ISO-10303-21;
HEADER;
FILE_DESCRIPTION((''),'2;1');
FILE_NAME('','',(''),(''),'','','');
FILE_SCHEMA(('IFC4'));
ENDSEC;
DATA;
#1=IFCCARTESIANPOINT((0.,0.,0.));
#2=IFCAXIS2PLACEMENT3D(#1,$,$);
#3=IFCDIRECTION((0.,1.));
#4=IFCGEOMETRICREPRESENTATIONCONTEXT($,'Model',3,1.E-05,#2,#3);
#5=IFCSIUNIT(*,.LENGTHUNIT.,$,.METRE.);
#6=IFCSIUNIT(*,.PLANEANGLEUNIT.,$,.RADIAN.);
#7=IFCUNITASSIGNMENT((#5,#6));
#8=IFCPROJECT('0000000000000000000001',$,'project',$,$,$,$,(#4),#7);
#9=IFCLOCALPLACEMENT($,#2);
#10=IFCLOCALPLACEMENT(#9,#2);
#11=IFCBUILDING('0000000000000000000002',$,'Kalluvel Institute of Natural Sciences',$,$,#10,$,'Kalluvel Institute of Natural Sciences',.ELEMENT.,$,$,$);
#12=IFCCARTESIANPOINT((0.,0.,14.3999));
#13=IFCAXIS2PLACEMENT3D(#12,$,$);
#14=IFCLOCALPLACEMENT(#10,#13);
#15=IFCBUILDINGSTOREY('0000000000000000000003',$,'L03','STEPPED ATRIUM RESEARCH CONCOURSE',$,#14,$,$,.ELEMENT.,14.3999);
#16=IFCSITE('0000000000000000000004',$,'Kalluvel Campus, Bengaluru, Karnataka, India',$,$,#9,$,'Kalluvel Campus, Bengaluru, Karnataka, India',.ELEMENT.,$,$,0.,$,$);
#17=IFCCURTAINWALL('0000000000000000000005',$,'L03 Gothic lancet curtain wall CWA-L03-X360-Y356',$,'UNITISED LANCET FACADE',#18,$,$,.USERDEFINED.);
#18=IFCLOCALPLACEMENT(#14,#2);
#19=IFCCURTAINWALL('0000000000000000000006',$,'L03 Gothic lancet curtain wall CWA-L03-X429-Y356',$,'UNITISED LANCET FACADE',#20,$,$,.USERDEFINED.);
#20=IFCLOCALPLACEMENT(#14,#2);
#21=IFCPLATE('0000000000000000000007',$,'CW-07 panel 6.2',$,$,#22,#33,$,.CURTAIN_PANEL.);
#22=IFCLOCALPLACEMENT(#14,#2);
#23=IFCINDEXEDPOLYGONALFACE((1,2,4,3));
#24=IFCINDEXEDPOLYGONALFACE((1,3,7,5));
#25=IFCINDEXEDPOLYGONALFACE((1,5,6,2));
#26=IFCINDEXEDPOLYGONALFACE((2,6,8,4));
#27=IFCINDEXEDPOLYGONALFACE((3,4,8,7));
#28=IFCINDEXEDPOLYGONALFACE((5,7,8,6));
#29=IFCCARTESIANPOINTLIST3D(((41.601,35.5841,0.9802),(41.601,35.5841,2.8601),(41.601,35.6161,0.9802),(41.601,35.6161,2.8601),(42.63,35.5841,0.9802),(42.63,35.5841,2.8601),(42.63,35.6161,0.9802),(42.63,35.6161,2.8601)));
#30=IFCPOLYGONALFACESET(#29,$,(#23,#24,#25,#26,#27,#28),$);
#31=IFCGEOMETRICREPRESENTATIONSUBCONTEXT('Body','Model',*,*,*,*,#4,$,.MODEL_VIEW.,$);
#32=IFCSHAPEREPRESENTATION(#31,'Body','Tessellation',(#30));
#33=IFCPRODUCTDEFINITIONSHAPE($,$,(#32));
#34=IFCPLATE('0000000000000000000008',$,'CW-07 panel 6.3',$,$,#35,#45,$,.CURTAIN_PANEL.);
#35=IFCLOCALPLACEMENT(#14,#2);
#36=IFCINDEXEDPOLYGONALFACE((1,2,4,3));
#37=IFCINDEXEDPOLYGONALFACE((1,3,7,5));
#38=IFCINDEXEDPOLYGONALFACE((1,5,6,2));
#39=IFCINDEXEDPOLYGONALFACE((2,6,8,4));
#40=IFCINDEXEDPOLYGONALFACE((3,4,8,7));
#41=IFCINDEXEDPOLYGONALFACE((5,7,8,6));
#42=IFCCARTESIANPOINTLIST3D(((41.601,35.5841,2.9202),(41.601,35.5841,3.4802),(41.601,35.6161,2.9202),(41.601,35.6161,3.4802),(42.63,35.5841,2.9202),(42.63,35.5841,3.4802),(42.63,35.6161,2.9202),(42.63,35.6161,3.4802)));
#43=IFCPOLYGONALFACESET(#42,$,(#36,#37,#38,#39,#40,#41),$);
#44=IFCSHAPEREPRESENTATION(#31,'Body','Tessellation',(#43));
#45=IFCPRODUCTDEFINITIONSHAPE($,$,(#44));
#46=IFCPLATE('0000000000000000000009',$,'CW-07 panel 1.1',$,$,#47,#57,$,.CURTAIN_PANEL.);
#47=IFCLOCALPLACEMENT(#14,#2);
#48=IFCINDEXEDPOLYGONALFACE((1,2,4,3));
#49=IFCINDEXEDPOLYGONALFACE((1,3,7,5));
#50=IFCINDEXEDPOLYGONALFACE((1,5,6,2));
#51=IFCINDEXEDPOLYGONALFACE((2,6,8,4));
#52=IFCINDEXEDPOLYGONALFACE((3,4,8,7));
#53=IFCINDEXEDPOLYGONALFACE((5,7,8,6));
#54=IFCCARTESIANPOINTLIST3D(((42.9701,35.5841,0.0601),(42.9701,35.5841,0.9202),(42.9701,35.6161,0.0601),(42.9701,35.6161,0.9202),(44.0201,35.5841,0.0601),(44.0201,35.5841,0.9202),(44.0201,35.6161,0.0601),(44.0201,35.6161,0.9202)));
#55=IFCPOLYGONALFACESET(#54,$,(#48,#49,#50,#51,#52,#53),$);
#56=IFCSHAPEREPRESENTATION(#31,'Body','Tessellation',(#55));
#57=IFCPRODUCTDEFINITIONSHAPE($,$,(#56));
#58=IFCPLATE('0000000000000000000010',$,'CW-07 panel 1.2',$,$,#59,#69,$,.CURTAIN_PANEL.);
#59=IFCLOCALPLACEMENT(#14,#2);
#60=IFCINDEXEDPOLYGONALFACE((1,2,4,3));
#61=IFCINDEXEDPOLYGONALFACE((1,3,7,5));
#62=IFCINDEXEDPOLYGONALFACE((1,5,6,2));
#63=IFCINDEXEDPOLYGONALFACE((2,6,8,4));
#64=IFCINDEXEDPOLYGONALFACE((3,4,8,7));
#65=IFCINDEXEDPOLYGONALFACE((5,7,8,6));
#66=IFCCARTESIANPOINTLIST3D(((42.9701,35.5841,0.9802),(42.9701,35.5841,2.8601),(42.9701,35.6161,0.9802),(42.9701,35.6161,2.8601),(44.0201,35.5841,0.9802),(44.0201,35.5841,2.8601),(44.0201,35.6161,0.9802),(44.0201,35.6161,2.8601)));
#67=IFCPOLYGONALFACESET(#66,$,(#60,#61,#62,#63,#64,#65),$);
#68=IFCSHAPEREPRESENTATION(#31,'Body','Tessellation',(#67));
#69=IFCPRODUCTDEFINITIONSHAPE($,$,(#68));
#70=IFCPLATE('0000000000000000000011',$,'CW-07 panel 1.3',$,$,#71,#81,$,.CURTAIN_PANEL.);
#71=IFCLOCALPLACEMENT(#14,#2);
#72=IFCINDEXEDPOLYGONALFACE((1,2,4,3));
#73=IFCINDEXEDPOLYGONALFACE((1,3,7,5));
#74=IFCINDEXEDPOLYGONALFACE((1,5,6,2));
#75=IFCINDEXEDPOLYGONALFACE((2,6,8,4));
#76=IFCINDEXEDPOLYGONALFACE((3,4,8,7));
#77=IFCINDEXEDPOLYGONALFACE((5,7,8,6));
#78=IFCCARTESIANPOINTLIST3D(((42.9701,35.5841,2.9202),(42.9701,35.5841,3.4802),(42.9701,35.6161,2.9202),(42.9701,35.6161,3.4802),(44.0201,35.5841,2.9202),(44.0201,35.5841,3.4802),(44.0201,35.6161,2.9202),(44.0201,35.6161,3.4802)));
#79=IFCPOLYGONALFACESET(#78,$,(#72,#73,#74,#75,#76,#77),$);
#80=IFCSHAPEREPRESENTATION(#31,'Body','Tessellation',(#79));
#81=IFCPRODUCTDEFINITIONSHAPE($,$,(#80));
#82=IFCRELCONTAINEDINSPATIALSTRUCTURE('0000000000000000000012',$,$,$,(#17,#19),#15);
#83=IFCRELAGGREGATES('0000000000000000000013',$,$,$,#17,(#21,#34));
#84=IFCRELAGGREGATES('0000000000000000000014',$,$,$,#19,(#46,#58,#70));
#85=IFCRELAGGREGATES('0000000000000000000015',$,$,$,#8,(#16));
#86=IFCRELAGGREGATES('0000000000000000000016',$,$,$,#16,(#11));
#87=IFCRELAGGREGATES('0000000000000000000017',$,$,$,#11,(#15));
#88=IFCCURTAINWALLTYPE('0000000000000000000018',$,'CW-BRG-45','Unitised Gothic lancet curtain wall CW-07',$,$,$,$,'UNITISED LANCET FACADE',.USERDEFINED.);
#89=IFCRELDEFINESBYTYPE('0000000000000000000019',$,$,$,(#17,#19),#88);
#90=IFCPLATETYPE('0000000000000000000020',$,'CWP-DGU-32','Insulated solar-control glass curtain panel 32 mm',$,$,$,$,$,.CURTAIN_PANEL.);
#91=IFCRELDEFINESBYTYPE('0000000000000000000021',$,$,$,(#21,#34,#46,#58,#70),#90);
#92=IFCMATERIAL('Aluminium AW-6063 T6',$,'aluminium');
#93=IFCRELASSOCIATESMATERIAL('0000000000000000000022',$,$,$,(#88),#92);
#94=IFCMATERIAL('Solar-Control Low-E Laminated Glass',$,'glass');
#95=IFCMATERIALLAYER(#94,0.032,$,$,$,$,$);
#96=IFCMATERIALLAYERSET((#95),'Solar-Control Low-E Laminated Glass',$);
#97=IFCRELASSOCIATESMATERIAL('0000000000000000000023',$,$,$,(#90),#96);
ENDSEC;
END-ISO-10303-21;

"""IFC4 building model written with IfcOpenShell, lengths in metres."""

from ifc_helpers import new_model, si_unit, direction, frame, origin, origin_2d, place, context, subcontext, project, spatial, rectangle, extrude, material, layer, layer_set, type_object, element, aggregate, save


model = new_model("IFC4")

# Units and contexts
model_context = context("Model", 3, precision=1e-05, world=origin(), true_north=direction((0.0, 1.0)))
body_context = subcontext(model_context, "Body", "Model", "MODEL_VIEW")
ifc_project = project(units=[si_unit("LENGTHUNIT", "METRE"), si_unit("PLANEANGLEUNIT", "RADIAN")], contexts=[model_context])

# Site, building, storey
site_placement = place(None, origin())
site = spatial("IfcSite", under=ifc_project, at=site_placement, Name="Kalluvel Campus, Bengaluru, Karnataka, India", LongName="Kalluvel Campus, Bengaluru, Karnataka, India", CompositionType="ELEMENT", RefElevation=0.0)
building_placement = place(site_placement, origin())
building = spatial("IfcBuilding", under=site, at=building_placement, Name="Kalluvel Institute of Natural Sciences", LongName="Kalluvel Institute of Natural Sciences", CompositionType="ELEMENT")
storey_placement = place(building_placement, frame((0.0, 0.0, 14.3999)))
storey = spatial("IfcBuildingStorey", under=building, at=storey_placement, Name="L03", Description="STEPPED ATRIUM RESEARCH CONCOURSE", CompositionType="ELEMENT", Elevation=14.3999)

# Curtain walls
ifc_material_1 = material(Name="Aluminium AW-6063 T6", Category="aluminium")
curtain_wall_type = type_object("IfcCurtainWallType", Name="CW-BRG-45", Description="Unitised Gothic lancet curtain wall CW-07", ElementType="UNITISED LANCET FACADE", PredefinedType="USERDEFINED", material=ifc_material_1)
curtain_wall_1_placement = place(storey_placement, origin())
curtain_wall_1 = element("IfcCurtainWall", 1, at=curtain_wall_1_placement, inside=storey, type_object=curtain_wall_type, Name="L03 Gothic lancet curtain wall CWA-L03-X360-Y356", ObjectType="UNITISED LANCET FACADE", PredefinedType="USERDEFINED")
curtain_wall_2_placement = place(storey_placement, origin())
curtain_wall_2 = element("IfcCurtainWall", 2, at=curtain_wall_2_placement, inside=storey, type_object=curtain_wall_type, Name="L03 Gothic lancet curtain wall CWA-L03-X429-Y356", ObjectType="UNITISED LANCET FACADE", PredefinedType="USERDEFINED")

# Plates
ifc_material_2 = material(Name="Solar-Control Low-E Laminated Glass", Category="glass")
ifc_layer = layer(ifc_material_2, 0.032)
ifc_layer_set = layer_set([ifc_layer], Name="Solar-Control Low-E Laminated Glass")
plate_type = type_object("IfcPlateType", Name="CWP-DGU-32", Description="Insulated solar-control glass curtain panel 32 mm", PredefinedType="CURTAIN_PANEL", material=ifc_layer_set)
plate_1_placement = place(storey_placement, frame((42.1155, 35.6001, 0.9802), z_axis=(0.0, 0.0, 1.0), x_axis=(1.0, 0.0, 0.0)))
plate_1 = element("IfcPlate", 3, at=plate_1_placement, type_object=plate_type, Name="CW-07 panel 6.2", PredefinedType="CURTAIN_PANEL", context=body_context, shape_type="SweptSolid", body=[
    extrude(rectangle(XDim=1.0291, YDim=0.032, at=origin_2d()), origin(), (0.0, 0.0, 1.0), 1.8799),
])
plate_2_placement = place(storey_placement, frame((42.1155, 35.6001, 2.9202), z_axis=(0.0, 0.0, 1.0), x_axis=(1.0, 0.0, 0.0)))
plate_2 = element("IfcPlate", 4, at=plate_2_placement, type_object=plate_type, Name="CW-07 panel 6.3", PredefinedType="CURTAIN_PANEL", context=body_context, shape_type="SweptSolid", body=[
    extrude(rectangle(XDim=1.0291, YDim=0.032, at=origin_2d()), origin(), (0.0, 0.0, 1.0), 0.5601),
])
aggregate(curtain_wall_1, [plate_1, plate_2])
plate_3_placement = place(storey_placement, frame((43.4951, 35.6001, 0.0601), z_axis=(0.0, 0.0, 1.0), x_axis=(1.0, 0.0, 0.0)))
plate_3 = element("IfcPlate", 5, at=plate_3_placement, type_object=plate_type, Name="CW-07 panel 1.1", PredefinedType="CURTAIN_PANEL", context=body_context, shape_type="SweptSolid", body=[
    extrude(rectangle(XDim=1.05, YDim=0.032, at=origin_2d()), origin(), (0.0, 0.0, 1.0), 0.8601),
])
plate_4_placement = place(storey_placement, frame((43.4951, 35.6001, 0.9802), z_axis=(0.0, 0.0, 1.0), x_axis=(1.0, 0.0, 0.0)))
plate_4 = element("IfcPlate", 6, at=plate_4_placement, type_object=plate_type, Name="CW-07 panel 1.2", PredefinedType="CURTAIN_PANEL", context=body_context, shape_type="SweptSolid", body=[
    extrude(rectangle(XDim=1.05, YDim=0.032, at=origin_2d()), origin(), (0.0, 0.0, 1.0), 1.8799),
])
plate_5_placement = place(storey_placement, frame((43.4951, 35.6001, 2.9202), z_axis=(0.0, 0.0, 1.0), x_axis=(1.0, 0.0, 0.0)))
plate_5 = element("IfcPlate", 7, at=plate_5_placement, type_object=plate_type, Name="CW-07 panel 1.3", PredefinedType="CURTAIN_PANEL", context=body_context, shape_type="SweptSolid", body=[
    extrude(rectangle(XDim=1.05, YDim=0.032, at=origin_2d()), origin(), (0.0, 0.0, 1.0), 0.5601),
])
aggregate(curtain_wall_2, [plate_3, plate_4, plate_5])

save(model, "model.ifc")
